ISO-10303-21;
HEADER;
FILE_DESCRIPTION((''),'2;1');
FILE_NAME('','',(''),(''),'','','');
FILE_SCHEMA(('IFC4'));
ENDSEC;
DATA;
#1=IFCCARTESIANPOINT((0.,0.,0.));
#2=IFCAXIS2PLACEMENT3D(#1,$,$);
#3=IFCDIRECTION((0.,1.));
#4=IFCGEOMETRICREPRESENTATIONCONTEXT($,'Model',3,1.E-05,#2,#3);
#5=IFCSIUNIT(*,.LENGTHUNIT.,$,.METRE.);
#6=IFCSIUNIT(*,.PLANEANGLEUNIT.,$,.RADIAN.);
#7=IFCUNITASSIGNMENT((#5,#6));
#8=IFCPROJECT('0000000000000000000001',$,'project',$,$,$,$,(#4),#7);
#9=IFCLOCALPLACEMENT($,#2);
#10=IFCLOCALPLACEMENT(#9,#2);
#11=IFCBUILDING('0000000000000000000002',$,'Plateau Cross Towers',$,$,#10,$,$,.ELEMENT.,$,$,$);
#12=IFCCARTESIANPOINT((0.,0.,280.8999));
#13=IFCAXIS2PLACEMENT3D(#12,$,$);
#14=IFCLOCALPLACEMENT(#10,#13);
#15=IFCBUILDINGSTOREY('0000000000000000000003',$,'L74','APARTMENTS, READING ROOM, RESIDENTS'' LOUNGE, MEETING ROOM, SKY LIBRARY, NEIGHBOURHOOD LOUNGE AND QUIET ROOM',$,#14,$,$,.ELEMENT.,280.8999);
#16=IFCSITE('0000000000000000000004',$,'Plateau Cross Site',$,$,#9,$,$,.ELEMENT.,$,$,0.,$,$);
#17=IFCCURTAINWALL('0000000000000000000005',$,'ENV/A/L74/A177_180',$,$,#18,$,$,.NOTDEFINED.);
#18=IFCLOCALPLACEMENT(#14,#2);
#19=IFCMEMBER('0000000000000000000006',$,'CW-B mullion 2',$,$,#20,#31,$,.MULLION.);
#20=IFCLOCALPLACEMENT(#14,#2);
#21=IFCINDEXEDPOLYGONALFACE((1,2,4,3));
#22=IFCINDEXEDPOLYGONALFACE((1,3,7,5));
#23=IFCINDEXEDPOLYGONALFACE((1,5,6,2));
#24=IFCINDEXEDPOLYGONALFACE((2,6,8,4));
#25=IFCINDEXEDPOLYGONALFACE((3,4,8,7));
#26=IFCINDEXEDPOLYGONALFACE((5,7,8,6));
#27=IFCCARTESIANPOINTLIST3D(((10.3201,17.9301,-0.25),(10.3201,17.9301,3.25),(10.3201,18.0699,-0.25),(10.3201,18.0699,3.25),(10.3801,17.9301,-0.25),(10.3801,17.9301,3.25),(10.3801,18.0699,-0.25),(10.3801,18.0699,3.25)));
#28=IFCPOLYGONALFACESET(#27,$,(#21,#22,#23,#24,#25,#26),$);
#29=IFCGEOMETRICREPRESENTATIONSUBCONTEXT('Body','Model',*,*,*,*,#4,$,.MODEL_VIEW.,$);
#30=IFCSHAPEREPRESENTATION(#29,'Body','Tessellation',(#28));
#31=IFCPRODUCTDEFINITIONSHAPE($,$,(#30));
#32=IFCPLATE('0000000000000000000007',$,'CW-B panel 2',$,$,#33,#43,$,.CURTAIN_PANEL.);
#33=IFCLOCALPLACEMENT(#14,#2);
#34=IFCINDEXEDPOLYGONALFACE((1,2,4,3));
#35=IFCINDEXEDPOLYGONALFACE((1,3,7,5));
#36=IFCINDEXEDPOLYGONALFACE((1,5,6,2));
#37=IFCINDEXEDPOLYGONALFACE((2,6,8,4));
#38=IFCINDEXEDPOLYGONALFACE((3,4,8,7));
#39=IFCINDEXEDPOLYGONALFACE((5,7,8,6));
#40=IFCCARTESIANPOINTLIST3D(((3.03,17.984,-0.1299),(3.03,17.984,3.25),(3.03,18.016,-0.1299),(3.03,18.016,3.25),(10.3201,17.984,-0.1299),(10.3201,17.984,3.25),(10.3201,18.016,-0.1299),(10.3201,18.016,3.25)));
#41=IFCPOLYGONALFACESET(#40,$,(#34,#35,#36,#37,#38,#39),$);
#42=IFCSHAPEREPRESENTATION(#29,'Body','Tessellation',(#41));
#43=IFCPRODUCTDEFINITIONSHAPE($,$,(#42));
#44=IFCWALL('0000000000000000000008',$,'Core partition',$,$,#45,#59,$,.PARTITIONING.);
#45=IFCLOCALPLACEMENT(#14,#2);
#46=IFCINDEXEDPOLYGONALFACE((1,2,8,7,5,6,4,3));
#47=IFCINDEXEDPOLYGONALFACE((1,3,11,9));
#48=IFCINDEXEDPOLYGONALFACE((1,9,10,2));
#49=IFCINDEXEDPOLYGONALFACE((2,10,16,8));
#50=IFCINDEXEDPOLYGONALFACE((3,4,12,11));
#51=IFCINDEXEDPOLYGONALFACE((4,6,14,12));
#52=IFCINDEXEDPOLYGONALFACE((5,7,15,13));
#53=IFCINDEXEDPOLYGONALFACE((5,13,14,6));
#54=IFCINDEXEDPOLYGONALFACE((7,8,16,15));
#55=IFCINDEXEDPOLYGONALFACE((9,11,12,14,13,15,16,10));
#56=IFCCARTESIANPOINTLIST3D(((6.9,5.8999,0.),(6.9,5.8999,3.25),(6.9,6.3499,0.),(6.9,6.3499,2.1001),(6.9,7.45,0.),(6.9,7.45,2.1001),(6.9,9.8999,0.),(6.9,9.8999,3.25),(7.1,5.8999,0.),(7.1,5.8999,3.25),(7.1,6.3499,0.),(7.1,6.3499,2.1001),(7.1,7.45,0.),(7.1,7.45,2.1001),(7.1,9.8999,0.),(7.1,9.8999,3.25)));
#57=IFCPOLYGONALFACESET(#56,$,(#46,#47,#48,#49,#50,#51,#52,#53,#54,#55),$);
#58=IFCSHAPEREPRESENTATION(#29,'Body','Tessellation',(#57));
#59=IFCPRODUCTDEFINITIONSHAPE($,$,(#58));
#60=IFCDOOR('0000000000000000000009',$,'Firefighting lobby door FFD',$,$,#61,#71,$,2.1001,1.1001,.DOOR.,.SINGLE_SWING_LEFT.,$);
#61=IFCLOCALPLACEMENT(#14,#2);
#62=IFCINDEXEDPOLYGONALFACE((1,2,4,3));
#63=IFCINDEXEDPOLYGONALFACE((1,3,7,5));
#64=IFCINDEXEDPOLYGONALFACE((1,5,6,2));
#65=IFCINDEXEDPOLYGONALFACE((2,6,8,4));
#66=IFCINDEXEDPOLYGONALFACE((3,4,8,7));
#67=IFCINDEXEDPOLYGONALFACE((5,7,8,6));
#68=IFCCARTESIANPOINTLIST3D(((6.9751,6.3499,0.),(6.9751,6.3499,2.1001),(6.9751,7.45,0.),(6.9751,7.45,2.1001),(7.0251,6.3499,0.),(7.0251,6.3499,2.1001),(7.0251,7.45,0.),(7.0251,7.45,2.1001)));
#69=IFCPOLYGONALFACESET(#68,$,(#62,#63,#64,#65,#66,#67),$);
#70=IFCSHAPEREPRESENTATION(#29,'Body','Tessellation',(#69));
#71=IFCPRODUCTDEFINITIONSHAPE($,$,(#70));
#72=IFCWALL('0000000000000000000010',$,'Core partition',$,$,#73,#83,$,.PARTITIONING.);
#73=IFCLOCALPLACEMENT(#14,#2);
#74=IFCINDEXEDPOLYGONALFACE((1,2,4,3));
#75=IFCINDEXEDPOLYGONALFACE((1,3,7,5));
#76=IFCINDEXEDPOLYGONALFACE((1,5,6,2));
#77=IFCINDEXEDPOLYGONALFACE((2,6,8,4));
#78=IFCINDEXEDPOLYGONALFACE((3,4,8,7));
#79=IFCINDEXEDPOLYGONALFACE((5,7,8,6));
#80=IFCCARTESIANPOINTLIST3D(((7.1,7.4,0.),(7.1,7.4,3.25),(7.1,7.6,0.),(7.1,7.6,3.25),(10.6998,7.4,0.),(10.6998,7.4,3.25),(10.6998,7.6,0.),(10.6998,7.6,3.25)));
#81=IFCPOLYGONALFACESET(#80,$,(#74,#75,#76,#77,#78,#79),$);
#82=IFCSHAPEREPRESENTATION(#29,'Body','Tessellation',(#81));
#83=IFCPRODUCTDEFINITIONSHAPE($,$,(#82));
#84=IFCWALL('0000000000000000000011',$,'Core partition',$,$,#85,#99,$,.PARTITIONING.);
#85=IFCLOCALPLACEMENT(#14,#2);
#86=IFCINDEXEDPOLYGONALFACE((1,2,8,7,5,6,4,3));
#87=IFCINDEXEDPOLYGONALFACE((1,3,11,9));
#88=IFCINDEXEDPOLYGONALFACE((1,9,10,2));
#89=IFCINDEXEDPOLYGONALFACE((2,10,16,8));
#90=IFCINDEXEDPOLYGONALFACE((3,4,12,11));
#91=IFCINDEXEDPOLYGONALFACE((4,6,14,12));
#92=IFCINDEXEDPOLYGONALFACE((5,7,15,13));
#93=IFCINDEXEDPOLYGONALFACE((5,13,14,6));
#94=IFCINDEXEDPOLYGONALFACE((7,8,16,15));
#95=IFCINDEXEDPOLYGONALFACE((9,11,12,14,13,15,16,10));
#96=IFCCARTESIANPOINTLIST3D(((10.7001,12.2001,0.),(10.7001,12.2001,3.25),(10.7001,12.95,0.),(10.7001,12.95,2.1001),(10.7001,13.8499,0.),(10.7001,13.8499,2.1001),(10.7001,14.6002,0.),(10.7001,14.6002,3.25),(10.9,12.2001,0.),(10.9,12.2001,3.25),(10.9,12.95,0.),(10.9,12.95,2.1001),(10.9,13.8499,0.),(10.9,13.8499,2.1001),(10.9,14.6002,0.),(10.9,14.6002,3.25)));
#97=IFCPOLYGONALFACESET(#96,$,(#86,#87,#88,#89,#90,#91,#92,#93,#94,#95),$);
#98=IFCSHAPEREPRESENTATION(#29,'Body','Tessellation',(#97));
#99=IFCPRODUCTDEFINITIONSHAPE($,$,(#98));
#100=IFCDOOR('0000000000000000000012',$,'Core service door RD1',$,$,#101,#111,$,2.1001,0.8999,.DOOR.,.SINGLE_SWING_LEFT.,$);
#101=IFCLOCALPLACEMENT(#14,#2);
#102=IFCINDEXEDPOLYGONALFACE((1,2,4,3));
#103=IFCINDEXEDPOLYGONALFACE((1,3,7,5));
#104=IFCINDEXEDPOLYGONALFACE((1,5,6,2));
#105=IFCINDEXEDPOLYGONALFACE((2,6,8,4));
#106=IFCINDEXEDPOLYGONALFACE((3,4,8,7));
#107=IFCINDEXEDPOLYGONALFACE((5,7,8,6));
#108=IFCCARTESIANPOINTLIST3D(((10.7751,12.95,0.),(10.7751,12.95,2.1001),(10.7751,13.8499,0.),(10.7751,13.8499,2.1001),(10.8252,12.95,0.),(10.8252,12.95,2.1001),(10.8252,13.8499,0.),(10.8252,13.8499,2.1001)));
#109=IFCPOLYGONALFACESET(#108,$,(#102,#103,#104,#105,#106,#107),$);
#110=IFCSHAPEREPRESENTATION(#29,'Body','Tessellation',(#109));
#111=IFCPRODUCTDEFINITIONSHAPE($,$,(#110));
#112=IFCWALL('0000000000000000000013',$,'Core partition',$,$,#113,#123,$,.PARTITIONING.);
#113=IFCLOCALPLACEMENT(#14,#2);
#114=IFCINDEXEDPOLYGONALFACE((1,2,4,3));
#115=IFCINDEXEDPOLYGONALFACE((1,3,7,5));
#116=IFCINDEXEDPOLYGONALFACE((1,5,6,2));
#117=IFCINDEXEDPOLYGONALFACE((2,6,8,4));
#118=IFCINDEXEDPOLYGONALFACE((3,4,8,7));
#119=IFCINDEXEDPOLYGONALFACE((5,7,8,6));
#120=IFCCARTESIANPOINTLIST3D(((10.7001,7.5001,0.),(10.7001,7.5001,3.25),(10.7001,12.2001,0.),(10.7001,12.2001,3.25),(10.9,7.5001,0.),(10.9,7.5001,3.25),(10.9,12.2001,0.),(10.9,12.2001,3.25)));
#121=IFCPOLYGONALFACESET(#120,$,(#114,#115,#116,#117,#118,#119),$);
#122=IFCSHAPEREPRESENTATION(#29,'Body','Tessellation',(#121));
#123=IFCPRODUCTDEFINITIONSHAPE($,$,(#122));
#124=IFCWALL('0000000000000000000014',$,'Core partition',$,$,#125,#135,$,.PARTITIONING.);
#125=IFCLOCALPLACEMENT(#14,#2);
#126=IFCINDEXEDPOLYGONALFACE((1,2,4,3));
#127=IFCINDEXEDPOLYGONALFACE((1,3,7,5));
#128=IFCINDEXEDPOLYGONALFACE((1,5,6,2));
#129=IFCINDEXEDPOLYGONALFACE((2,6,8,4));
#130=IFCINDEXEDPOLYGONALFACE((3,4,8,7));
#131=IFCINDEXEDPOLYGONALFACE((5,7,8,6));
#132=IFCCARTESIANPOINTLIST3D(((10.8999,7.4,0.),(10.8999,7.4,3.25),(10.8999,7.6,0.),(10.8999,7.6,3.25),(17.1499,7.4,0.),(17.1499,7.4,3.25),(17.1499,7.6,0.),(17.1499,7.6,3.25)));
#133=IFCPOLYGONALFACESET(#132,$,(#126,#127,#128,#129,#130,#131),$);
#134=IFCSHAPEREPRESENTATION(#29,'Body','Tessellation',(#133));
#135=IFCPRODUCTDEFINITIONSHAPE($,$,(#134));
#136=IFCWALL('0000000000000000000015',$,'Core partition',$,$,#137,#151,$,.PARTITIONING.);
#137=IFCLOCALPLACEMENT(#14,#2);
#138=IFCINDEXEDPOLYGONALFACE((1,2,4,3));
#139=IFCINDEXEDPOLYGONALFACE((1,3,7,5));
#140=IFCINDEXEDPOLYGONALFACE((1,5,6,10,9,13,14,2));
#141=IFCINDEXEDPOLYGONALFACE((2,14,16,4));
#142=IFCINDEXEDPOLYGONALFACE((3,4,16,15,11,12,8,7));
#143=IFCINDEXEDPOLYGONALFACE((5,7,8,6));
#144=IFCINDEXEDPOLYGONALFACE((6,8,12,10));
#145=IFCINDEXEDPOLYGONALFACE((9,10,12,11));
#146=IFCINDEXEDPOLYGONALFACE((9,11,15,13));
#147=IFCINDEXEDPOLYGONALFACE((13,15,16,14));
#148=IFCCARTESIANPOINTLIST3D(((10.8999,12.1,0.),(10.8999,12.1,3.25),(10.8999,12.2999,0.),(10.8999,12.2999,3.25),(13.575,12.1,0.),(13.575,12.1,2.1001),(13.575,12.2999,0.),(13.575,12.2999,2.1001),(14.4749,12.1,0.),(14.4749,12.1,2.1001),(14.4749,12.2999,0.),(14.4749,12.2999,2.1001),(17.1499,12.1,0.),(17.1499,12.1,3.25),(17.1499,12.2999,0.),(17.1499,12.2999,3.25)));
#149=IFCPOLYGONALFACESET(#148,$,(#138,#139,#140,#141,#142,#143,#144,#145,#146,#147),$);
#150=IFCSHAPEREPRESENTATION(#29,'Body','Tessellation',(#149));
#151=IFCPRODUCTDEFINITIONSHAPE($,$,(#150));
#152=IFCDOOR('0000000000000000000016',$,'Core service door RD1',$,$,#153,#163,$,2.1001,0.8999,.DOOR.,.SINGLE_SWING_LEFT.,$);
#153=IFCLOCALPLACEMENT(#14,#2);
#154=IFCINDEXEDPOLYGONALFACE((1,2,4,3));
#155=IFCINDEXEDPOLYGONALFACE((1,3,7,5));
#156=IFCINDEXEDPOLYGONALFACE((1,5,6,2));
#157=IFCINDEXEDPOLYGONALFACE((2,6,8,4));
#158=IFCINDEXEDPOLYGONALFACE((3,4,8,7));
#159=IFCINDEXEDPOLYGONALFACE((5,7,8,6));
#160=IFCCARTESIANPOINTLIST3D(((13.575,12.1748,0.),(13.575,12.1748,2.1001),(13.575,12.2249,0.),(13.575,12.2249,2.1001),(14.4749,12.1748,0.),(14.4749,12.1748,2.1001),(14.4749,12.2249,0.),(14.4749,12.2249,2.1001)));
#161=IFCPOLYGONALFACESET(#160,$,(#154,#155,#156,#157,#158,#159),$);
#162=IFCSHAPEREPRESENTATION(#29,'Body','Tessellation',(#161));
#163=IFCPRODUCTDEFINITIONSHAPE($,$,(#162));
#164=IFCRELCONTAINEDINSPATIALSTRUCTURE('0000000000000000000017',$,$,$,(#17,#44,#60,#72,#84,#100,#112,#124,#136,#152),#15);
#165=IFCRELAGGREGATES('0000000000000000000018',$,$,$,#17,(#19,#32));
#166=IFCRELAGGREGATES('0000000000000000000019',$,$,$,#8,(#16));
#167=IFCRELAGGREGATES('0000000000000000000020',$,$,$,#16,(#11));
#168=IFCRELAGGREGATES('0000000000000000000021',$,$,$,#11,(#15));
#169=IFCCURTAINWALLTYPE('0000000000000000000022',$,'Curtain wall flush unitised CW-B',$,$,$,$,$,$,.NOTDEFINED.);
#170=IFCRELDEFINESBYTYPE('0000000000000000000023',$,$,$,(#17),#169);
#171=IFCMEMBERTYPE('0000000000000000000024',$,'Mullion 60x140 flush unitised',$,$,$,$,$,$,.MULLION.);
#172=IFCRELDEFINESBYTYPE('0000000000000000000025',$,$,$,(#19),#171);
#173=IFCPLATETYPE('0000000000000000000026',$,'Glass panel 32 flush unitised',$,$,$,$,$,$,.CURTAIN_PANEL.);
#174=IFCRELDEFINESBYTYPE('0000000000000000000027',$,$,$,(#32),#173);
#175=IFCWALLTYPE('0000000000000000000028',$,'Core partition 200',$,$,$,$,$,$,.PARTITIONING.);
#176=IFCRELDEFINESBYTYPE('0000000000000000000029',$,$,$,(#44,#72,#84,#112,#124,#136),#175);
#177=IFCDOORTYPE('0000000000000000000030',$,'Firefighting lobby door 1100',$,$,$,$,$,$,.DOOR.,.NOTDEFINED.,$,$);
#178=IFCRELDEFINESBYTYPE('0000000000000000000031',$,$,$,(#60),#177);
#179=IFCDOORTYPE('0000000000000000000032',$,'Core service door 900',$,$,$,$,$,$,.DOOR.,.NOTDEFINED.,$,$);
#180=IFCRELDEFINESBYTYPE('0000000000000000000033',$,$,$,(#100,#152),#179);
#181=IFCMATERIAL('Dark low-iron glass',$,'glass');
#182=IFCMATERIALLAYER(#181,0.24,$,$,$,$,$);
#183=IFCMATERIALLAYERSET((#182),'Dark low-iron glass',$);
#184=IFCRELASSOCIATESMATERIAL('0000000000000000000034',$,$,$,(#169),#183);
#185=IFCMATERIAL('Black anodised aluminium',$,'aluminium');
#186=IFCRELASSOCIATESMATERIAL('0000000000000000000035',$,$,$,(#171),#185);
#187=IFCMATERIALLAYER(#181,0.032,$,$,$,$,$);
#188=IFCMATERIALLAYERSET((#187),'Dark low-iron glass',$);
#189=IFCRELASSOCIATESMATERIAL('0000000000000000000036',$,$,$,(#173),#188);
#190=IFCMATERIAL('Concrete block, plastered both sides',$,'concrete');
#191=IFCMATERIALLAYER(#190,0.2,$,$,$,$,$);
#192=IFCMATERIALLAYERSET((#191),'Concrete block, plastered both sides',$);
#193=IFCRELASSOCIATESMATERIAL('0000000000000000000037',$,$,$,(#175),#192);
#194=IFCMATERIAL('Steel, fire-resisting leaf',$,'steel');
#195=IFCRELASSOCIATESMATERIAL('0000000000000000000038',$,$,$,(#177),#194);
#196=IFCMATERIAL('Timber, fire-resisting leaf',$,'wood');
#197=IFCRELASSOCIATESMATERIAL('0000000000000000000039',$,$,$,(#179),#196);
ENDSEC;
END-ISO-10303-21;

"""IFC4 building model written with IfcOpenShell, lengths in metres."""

from ifc_helpers import new_model, si_unit, direction, frame, frame_2d, origin, origin_2d, place, context, subcontext, project, spatial, rectangle, extrude, material, layer, layer_set, material_profile, profile_set, type_object, element, fill, aggregate, save


model = new_model("IFC4")

# Units and contexts
model_context = context("Model", 3, precision=1e-05, world=origin(), true_north=direction((0.0, 1.0)))
body_context = subcontext(model_context, "Body", "Model", "MODEL_VIEW")
ifc_project = project(units=[si_unit("LENGTHUNIT", "METRE"), si_unit("PLANEANGLEUNIT", "RADIAN")], contexts=[model_context])

# Site, building, storey
site_placement = place(None, origin())
site = spatial("IfcSite", under=ifc_project, at=site_placement, Name="Plateau Cross Site", CompositionType="ELEMENT", RefElevation=0.0)
building_placement = place(site_placement, origin())
building = spatial("IfcBuilding", under=site, at=building_placement, Name="Plateau Cross Towers", CompositionType="ELEMENT")
storey_placement = place(building_placement, frame((0.0, 0.0, 280.8999)))
storey = spatial("IfcBuildingStorey", under=building, at=storey_placement, Name="L74", Description="APARTMENTS, READING ROOM, RESIDENTS' LOUNGE, MEETING ROOM, SKY LIBRARY, NEIGHBOURHOOD LOUNGE AND QUIET ROOM", CompositionType="ELEMENT", Elevation=280.8999)

# Curtain wall, member, plate
ifc_material_1 = material(Name="Dark low-iron glass", Category="glass")
ifc_layer_1 = layer(ifc_material_1, 0.24)
ifc_layer_set_1 = layer_set([ifc_layer_1], Name="Dark low-iron glass")
curtain_wall_type = type_object("IfcCurtainWallType", Name="Curtain wall flush unitised CW-B", PredefinedType="NOTDEFINED", material=ifc_layer_set_1)
curtain_wall_placement = place(storey_placement, origin())
curtain_wall = element("IfcCurtainWall", 1, at=curtain_wall_placement, inside=storey, type_object=curtain_wall_type, Name="ENV/A/L74/A177_180", PredefinedType="NOTDEFINED")
ifc_material_2 = material(Name="Black anodised aluminium", Category="aluminium")
ifc_material_profile = material_profile(ifc_material_2, rectangle(XDim=0.0601, YDim=0.1399, at=origin_2d()), Name="MULLION 60x140")
ifc_profile_set = profile_set([ifc_material_profile], Name="Black anodised aluminium")
member_type = type_object("IfcMemberType", Name="Mullion 60x140 flush unitised", PredefinedType="MULLION", material=ifc_profile_set)
member_placement = place(storey_placement, frame((10.3501, 18.0, -0.25), z_axis=(0.0, 0.0, 1.0), x_axis=(-1.0, 0.0, 0.0)))
member = element("IfcMember", 2, at=member_placement, type_object=member_type, Name="CW-B mullion 2", PredefinedType="MULLION", context=body_context, shape_type="SweptSolid", body=[
    extrude(rectangle(XDim=0.0601, YDim=0.1399, at=origin_2d()), origin(), (0.0, 0.0, 1.0), 3.5),
])
ifc_layer_2 = layer(ifc_material_1, 0.032)
ifc_layer_set_2 = layer_set([ifc_layer_2], Name="Dark low-iron glass")
plate_type = type_object("IfcPlateType", Name="Glass panel 32 flush unitised", PredefinedType="CURTAIN_PANEL", material=ifc_layer_set_2)
plate_placement = place(storey_placement, frame((6.675, 18.0, -0.1299), z_axis=(0.0, 0.0, 1.0), x_axis=(-1.0, 0.0, 0.0)))
plate = element("IfcPlate", 3, at=plate_placement, type_object=plate_type, Name="CW-B panel 2", PredefinedType="CURTAIN_PANEL", context=body_context, shape_type="SweptSolid", body=[
    extrude(rectangle(XDim=7.29, YDim=0.032, at=origin_2d()), origin(), (0.0, 0.0, 1.0), 3.3799),
])
aggregate(curtain_wall, [member, plate])

# Wall, opening, door
ifc_material_3 = material(Name="Concrete block, plastered both sides", Category="concrete")
ifc_layer_3 = layer(ifc_material_3, 0.2)
ifc_layer_set_3 = layer_set([ifc_layer_3], Name="Concrete block, plastered both sides")
wall_type_1 = type_object("IfcWallType", Name="Core partition 200", PredefinedType="PARTITIONING", material=ifc_layer_set_3)
wall_1_placement = place(storey_placement, frame((7.0, 5.8999, 0.0), z_axis=(0.0, 0.0, 1.0), x_axis=(0.0, 1.0, 0.0)))
wall_1 = element("IfcWall", 4, at=wall_1_placement, inside=storey, type_object=wall_type_1, Name="Core partition", PredefinedType="PARTITIONING", context=body_context, shape_type="SweptSolid", body=[
    extrude(rectangle(XDim=4.0, YDim=0.2, at=frame_2d((2.0, 0.0))), origin(), (0.0, 0.0, 1.0), 3.25),
])
opening_1_placement = place(wall_1_placement, frame((0.45, 0.0, 0.0)))
opening_1 = element("IfcOpeningElement", 5, at=opening_1_placement, cuts=wall_1, PredefinedType="OPENING", context=body_context, shape_type="SweptSolid", body=[
    extrude(rectangle(XDim=1.1001, YDim=2.1001, at=frame_2d((0.55, 1.05))), frame((0.0, 0.1099, 0.0), z_axis=(0.0, -1.0, 0.0), x_axis=(1.0, 0.0, 0.0)), (0.0, 0.0, 1.0), 0.22),
])
ifc_material_4 = material(Name="Steel, fire-resisting leaf", Category="steel")
door_type_1 = type_object("IfcDoorType", Name="Firefighting lobby door 1100", OperationType="NOTDEFINED", PredefinedType="DOOR", material=ifc_material_4)
door_1_placement = place(opening_1_placement, origin())
door_1 = element("IfcDoor", 6, at=door_1_placement, inside=storey, type_object=door_type_1, Name="Firefighting lobby door FFD", OperationType="SINGLE_SWING_LEFT", OverallHeight=2.1001, OverallWidth=1.1001, PredefinedType="DOOR", context=body_context, shape_type="SweptSolid", body=[
    extrude(rectangle(XDim=1.1001, YDim=2.1001, at=frame_2d((0.55, 1.05))), frame((0.0, 0.0249, 0.0), z_axis=(0.0, -1.0, 0.0), x_axis=(1.0, 0.0, 0.0)), (0.0, 0.0, 1.0), 0.05),
])
fill(opening_1, door_1)

# Wall
wall_2_placement = place(storey_placement, frame((7.1001, 7.5, 0.0), z_axis=(0.0, 0.0, 1.0), x_axis=(1.0, 0.0, 0.0)))
element("IfcWall", 7, at=wall_2_placement, inside=storey, type_object=wall_type_1, Name="Core partition", PredefinedType="PARTITIONING", context=body_context, shape_type="SweptSolid", body=[
    extrude(rectangle(XDim=3.5999, YDim=0.2, at=frame_2d((1.7998, 0.0))), origin(), (0.0, 0.0, 1.0), 3.25),
])

# Wall, opening, door
wall_3_placement = place(storey_placement, frame((10.8, 12.2, 0.0), z_axis=(0.0, 0.0, 1.0), x_axis=(0.0, 1.0, 0.0)))
wall_3 = element("IfcWall", 8, at=wall_3_placement, inside=storey, type_object=wall_type_1, Name="Core partition", PredefinedType="PARTITIONING", context=body_context, shape_type="SweptSolid", body=[
    extrude(rectangle(XDim=2.4001, YDim=0.2, at=frame_2d((1.2002, 0.0))), origin(), (0.0, 0.0, 1.0), 3.25),
])
opening_2_placement = place(wall_3_placement, frame((0.75, 0.0, 0.0)))
opening_2 = element("IfcOpeningElement", 9, at=opening_2_placement, cuts=wall_3, PredefinedType="OPENING", context=body_context, shape_type="SweptSolid", body=[
    extrude(rectangle(XDim=0.8999, YDim=2.1001, at=frame_2d((0.45, 1.05))), frame((0.0, 0.1099, 0.0), z_axis=(0.0, -1.0, 0.0), x_axis=(1.0, 0.0, 0.0)), (0.0, 0.0, 1.0), 0.22),
])
ifc_material_5 = material(Name="Timber, fire-resisting leaf", Category="wood")
door_type_2 = type_object("IfcDoorType", Name="Core service door 900", OperationType="NOTDEFINED", PredefinedType="DOOR", material=ifc_material_5)
door_2_placement = place(opening_2_placement, origin())
door_2 = element("IfcDoor", 10, at=door_2_placement, inside=storey, type_object=door_type_2, Name="Core service door RD1", OperationType="SINGLE_SWING_LEFT", OverallHeight=2.1001, OverallWidth=0.8999, PredefinedType="DOOR", context=body_context, shape_type="SweptSolid", body=[
    extrude(rectangle(XDim=0.8999, YDim=2.1001, at=frame_2d((0.45, 1.05))), frame((0.0, 0.0249, 0.0), z_axis=(0.0, -1.0, 0.0), x_axis=(1.0, 0.0, 0.0)), (0.0, 0.0, 1.0), 0.05),
])
fill(opening_2, door_2)

# Walls
wall_4_placement = place(storey_placement, frame((10.8, 7.5, 0.0), z_axis=(0.0, 0.0, 1.0), x_axis=(0.0, 1.0, 0.0)))
element("IfcWall", 11, at=wall_4_placement, inside=storey, type_object=wall_type_1, Name="Core partition", PredefinedType="PARTITIONING", context=body_context, shape_type="SweptSolid", body=[
    extrude(rectangle(XDim=4.7, YDim=0.2, at=frame_2d((2.3501, 0.0))), origin(), (0.0, 0.0, 1.0), 3.25),
])
wall_5_placement = place(storey_placement, frame((10.8999, 7.5, 0.0), z_axis=(0.0, 0.0, 1.0), x_axis=(1.0, 0.0, 0.0)))
element("IfcWall", 12, at=wall_5_placement, inside=storey, type_object=wall_type_1, Name="Core partition", PredefinedType="PARTITIONING", context=body_context, shape_type="SweptSolid", body=[
    extrude(rectangle(XDim=6.25, YDim=0.2, at=frame_2d((3.125, 0.0))), origin(), (0.0, 0.0, 1.0), 3.25),
])

# Wall, opening, door
wall_6_placement = place(storey_placement, frame((10.8999, 12.2, 0.0), z_axis=(0.0, 0.0, 1.0), x_axis=(1.0, 0.0, 0.0)))
wall_6 = element("IfcWall", 13, at=wall_6_placement, inside=storey, type_object=wall_type_1, Name="Core partition", PredefinedType="PARTITIONING", context=body_context, shape_type="SweptSolid", body=[
    extrude(rectangle(XDim=6.25, YDim=0.2, at=frame_2d((3.125, 0.0))), origin(), (0.0, 0.0, 1.0), 3.25),
])
opening_3_placement = place(wall_6_placement, frame((2.675, 0.0, 0.0)))
opening_3 = element("IfcOpeningElement", 14, at=opening_3_placement, cuts=wall_6, PredefinedType="OPENING", context=body_context, shape_type="SweptSolid", body=[
    extrude(rectangle(XDim=0.8999, YDim=2.1001, at=frame_2d((0.45, 1.05))), frame((0.0, 0.1099, 0.0), z_axis=(0.0, -1.0, 0.0), x_axis=(1.0, 0.0, 0.0)), (0.0, 0.0, 1.0), 0.22),
])
door_3_placement = place(opening_3_placement, origin())
door_3 = element("IfcDoor", 15, at=door_3_placement, inside=storey, type_object=door_type_2, Name="Core service door RD1", OperationType="SINGLE_SWING_LEFT", OverallHeight=2.1001, OverallWidth=0.8999, PredefinedType="DOOR", context=body_context, shape_type="SweptSolid", body=[
    extrude(rectangle(XDim=0.8999, YDim=2.1001, at=frame_2d((0.45, 1.05))), frame((0.0, 0.0249, 0.0), z_axis=(0.0, -1.0, 0.0), x_axis=(1.0, 0.0, 0.0)), (0.0, 0.0, 1.0), 0.05),
])
fill(opening_3, door_3)

save(model, "model.ifc")
